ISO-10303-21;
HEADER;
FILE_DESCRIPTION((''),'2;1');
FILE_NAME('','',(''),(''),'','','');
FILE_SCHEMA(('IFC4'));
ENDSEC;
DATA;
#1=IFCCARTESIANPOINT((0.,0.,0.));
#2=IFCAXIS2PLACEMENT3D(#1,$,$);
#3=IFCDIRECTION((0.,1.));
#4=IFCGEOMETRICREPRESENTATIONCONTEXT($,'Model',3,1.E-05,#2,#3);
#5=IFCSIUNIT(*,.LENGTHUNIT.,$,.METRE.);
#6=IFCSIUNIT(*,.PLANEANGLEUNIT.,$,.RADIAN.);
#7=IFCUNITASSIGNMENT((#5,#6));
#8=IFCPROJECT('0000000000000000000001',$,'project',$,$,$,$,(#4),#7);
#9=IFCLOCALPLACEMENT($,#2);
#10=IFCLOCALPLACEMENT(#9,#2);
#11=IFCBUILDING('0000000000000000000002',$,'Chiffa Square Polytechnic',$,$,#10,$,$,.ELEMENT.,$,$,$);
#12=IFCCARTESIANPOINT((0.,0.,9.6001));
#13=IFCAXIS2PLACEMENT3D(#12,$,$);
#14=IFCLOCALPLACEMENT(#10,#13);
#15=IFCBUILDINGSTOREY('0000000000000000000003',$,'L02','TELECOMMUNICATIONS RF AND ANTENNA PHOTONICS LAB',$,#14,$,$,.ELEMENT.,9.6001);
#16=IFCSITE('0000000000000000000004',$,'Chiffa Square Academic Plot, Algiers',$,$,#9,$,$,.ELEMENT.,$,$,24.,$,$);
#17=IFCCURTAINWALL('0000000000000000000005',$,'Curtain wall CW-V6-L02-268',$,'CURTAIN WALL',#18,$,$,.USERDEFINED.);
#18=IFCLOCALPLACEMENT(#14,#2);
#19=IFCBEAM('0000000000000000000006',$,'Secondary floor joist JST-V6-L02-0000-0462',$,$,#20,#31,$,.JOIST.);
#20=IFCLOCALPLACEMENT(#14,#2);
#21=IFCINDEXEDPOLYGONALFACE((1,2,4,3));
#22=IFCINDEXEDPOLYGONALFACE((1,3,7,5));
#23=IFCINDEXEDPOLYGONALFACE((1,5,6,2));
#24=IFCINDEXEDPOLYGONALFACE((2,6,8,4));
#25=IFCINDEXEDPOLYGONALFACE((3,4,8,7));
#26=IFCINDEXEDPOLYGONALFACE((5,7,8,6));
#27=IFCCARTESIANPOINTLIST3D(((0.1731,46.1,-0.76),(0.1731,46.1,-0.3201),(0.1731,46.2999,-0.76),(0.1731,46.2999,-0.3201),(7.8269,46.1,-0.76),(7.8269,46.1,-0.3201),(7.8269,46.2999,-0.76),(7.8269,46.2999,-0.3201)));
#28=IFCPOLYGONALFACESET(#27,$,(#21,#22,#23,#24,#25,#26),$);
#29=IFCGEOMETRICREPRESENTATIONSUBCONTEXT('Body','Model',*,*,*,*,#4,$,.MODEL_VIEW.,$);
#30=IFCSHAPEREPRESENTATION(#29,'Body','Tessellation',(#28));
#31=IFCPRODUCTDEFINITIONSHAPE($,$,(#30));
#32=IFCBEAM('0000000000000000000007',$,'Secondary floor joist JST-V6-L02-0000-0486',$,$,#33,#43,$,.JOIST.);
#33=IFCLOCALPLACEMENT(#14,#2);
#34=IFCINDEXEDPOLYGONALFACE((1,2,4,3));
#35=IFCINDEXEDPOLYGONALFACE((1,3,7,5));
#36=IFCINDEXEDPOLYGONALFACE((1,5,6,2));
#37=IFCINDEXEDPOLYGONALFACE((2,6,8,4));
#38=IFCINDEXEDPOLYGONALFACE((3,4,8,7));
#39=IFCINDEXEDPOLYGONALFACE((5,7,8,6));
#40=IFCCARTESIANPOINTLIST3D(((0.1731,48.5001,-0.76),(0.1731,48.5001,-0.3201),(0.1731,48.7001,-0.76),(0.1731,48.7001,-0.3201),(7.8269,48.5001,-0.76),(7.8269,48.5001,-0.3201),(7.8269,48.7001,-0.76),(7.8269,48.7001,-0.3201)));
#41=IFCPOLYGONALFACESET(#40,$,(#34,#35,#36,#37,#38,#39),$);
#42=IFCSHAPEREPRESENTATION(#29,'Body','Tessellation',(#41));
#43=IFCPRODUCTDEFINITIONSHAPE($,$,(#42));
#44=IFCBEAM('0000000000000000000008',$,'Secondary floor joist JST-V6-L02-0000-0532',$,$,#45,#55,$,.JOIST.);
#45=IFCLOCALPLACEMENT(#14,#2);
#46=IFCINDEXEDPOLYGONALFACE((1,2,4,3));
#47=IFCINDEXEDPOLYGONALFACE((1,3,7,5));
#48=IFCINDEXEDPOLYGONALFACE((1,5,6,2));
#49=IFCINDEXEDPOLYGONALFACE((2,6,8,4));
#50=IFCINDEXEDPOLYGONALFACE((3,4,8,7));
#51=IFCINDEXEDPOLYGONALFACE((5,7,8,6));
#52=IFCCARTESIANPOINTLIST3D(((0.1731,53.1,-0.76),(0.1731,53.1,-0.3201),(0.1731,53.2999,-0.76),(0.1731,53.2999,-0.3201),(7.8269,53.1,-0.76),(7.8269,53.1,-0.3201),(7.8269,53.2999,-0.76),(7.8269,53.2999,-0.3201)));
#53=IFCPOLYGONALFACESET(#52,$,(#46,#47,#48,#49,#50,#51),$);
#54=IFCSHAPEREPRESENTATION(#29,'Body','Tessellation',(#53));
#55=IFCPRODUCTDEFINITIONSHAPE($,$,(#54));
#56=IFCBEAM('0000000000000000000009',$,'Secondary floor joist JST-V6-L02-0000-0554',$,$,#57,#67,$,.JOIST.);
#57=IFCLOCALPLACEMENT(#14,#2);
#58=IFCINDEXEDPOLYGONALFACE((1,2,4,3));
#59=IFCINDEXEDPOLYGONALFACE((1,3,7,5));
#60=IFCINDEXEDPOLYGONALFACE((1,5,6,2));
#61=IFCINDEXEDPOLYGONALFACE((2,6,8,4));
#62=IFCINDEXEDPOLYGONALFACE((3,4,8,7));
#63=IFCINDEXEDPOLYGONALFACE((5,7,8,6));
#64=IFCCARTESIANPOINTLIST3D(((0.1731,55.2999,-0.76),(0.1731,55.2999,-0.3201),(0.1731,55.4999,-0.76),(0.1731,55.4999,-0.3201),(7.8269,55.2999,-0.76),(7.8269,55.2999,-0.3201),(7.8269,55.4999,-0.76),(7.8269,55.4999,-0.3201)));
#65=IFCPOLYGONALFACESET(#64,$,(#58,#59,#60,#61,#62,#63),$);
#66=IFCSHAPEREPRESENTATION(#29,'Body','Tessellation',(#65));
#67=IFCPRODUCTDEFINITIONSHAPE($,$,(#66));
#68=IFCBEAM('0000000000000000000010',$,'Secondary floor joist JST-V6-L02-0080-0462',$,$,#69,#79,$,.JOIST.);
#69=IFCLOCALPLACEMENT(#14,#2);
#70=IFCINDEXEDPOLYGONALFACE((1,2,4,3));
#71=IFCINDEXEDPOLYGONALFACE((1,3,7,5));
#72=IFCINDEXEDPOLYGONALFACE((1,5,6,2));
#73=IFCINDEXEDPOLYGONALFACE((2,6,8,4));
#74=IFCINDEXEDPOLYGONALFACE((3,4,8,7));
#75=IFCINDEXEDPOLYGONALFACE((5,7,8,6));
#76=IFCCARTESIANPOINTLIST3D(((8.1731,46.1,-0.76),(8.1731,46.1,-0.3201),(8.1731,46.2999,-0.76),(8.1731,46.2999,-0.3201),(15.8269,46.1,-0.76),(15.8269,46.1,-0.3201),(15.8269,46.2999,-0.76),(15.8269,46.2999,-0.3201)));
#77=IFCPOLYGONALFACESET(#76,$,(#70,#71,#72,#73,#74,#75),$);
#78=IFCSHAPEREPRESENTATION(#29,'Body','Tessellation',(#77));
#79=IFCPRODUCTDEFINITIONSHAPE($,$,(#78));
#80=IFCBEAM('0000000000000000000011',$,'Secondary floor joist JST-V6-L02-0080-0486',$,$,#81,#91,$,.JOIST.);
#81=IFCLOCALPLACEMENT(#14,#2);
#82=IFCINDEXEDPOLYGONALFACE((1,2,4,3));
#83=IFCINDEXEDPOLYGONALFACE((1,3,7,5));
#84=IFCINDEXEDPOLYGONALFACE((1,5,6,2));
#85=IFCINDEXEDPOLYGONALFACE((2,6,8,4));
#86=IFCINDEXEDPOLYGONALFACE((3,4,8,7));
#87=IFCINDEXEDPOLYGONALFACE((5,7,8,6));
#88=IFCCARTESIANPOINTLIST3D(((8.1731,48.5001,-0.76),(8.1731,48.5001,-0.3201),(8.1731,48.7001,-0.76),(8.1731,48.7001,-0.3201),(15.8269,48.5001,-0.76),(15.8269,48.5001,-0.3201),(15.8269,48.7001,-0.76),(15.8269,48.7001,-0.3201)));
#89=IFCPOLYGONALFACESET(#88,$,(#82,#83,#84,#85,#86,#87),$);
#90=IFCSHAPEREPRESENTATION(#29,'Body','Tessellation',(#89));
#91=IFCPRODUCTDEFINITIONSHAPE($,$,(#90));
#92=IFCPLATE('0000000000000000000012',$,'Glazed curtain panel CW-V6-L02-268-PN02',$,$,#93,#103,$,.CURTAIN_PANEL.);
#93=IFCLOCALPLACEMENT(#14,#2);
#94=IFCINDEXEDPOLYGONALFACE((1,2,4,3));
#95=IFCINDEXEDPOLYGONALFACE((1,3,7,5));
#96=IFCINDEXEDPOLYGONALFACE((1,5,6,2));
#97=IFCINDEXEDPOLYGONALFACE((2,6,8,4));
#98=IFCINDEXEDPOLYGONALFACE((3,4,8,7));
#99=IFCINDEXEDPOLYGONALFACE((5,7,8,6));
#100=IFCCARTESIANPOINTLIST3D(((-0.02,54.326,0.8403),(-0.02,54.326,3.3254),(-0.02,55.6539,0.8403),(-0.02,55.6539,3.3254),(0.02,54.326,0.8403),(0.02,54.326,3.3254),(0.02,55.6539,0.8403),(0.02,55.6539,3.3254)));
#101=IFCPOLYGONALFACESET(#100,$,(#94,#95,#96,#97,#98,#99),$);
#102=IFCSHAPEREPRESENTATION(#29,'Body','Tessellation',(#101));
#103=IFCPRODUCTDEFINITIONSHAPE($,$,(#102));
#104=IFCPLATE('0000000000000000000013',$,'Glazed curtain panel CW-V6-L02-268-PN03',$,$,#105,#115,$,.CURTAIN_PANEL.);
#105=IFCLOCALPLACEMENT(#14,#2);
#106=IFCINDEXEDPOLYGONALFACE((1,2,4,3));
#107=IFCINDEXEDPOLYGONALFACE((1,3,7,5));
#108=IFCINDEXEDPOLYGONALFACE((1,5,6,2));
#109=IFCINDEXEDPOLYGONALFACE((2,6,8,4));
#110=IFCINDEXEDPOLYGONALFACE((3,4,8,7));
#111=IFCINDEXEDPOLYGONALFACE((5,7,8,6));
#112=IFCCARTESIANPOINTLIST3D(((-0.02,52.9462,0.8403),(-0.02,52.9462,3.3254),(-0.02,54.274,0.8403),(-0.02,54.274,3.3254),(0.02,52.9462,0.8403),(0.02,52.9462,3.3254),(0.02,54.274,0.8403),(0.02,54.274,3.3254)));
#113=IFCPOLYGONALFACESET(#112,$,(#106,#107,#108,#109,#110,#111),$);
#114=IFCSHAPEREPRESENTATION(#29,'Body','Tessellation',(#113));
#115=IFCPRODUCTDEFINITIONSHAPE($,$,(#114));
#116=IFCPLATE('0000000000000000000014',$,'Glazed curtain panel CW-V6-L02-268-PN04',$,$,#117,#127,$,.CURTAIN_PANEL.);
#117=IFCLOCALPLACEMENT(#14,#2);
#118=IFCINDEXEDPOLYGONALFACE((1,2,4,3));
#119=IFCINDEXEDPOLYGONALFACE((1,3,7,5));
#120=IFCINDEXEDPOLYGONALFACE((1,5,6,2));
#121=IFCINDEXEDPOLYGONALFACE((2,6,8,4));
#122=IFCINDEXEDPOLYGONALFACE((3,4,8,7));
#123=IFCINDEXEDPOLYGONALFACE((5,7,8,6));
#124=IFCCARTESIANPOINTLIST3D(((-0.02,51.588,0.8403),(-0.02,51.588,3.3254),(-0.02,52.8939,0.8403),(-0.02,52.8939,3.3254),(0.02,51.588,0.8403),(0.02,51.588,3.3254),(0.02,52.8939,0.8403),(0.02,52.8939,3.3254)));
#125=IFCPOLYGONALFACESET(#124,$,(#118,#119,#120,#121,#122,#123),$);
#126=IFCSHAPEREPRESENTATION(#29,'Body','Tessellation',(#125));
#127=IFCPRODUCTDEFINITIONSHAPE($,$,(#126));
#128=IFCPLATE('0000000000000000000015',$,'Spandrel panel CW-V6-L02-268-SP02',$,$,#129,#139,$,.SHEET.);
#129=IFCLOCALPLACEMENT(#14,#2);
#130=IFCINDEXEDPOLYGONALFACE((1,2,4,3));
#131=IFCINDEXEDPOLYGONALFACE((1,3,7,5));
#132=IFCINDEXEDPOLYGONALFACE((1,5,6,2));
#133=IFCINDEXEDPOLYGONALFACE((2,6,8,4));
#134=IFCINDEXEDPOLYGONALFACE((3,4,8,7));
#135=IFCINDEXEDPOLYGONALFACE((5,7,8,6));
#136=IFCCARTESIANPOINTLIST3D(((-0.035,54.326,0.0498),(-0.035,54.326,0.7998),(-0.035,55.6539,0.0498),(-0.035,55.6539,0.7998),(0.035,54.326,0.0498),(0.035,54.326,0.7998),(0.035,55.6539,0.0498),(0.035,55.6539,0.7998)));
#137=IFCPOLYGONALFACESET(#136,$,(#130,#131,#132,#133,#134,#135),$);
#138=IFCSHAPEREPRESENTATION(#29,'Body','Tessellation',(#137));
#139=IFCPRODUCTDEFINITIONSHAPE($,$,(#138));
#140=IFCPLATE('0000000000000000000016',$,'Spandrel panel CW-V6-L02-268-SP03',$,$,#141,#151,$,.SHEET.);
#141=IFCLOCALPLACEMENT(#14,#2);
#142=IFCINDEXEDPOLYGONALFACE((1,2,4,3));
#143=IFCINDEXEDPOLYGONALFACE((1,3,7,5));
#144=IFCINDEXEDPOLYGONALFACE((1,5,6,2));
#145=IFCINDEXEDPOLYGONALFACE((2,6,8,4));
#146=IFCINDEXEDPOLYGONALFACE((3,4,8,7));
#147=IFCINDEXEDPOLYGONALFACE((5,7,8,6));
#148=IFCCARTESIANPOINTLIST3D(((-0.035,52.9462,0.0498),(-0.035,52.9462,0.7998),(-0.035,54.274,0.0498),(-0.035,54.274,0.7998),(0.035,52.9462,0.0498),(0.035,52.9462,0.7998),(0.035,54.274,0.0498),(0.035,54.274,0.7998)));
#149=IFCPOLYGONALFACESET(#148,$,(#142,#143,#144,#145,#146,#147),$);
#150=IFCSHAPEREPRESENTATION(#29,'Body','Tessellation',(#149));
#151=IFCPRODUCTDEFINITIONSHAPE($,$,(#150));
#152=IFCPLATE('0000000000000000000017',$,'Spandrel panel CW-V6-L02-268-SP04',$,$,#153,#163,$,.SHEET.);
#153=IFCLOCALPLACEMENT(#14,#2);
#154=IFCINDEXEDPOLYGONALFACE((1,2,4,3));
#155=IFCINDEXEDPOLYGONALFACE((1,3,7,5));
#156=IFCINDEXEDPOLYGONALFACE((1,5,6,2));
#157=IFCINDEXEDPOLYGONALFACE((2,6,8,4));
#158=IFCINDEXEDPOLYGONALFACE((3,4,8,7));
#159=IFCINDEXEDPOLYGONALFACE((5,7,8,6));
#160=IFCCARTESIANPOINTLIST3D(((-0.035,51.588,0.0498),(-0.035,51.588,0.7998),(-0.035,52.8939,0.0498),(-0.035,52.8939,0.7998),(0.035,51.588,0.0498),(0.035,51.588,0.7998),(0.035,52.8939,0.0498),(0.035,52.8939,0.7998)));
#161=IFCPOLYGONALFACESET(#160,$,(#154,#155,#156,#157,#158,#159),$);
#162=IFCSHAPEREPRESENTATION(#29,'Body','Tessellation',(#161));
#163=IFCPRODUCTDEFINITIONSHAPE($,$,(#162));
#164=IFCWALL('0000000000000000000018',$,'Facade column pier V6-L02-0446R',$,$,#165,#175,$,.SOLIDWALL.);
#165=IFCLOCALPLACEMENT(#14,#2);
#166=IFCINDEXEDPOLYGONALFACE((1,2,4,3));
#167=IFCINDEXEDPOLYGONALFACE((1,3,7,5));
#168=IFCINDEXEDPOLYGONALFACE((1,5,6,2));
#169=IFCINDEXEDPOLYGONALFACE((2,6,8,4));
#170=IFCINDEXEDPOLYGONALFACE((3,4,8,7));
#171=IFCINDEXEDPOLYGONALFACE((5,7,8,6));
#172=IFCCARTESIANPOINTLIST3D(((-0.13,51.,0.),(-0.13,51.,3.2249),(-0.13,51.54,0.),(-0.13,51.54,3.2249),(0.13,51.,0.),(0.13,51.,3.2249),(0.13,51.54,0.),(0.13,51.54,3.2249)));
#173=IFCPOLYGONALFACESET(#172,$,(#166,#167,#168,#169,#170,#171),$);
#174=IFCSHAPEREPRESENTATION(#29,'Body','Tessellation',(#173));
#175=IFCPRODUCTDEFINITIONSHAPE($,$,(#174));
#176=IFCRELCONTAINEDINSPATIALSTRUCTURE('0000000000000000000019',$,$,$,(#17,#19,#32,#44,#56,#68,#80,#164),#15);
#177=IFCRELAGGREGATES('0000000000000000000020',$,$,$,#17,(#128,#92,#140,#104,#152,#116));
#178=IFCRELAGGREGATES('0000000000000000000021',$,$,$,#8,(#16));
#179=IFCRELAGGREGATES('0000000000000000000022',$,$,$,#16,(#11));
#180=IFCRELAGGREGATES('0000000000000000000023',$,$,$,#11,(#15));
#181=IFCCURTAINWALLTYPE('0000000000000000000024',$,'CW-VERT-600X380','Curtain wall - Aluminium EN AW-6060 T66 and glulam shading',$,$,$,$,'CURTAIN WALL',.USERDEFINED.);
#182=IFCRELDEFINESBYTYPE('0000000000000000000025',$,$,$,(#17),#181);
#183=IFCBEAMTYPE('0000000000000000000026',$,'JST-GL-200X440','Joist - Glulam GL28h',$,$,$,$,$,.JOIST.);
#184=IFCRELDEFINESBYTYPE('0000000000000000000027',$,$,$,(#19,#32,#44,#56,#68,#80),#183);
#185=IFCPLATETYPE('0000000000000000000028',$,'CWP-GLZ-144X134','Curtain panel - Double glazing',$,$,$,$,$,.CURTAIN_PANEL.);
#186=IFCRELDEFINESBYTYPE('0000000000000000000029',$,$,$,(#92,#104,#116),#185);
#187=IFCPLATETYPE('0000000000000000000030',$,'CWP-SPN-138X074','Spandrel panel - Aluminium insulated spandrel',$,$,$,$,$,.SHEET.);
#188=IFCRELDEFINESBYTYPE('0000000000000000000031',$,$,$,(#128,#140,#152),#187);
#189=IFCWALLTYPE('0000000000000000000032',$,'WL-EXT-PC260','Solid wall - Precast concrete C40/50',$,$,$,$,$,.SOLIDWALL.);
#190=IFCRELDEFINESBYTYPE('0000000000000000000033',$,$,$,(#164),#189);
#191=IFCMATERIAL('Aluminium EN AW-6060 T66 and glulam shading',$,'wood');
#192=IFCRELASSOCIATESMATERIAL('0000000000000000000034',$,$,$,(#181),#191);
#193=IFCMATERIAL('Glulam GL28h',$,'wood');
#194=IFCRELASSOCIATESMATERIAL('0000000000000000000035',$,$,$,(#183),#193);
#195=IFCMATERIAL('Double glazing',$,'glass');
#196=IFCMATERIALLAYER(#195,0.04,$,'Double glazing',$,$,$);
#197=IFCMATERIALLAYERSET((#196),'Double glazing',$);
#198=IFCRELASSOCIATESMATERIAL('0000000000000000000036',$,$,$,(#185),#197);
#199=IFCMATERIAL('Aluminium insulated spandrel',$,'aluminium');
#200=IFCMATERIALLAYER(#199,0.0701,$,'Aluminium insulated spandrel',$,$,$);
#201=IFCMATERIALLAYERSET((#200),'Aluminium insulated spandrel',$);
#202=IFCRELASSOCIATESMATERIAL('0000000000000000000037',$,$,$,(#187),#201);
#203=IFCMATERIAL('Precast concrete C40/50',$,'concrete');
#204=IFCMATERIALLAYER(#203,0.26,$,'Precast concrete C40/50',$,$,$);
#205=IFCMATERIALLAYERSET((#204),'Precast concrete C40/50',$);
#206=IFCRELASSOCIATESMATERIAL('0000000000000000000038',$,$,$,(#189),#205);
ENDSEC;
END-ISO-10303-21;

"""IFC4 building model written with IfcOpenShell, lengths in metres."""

from ifc_helpers import new_model, si_unit, direction, frame, frame_2d, origin, origin_2d, place, context, subcontext, project, spatial, rectangle, extrude, material, layer, layer_set, material_profile, profile_set, type_object, element, aggregate, save


model = new_model("IFC4")

# Units and contexts
model_context = context("Model", 3, precision=1e-05, world=origin(), true_north=direction((0.0, 1.0)))
body_context = subcontext(model_context, "Body", "Model", "MODEL_VIEW")
ifc_project = project(units=[si_unit("LENGTHUNIT", "METRE"), si_unit("PLANEANGLEUNIT", "RADIAN")], contexts=[model_context])

# Site, building, storey
site_placement = place(None, origin())
site = spatial("IfcSite", under=ifc_project, at=site_placement, Name="Chiffa Square Academic Plot, Algiers", CompositionType="ELEMENT", RefElevation=24.0)
building_placement = place(site_placement, origin())
building = spatial("IfcBuilding", under=site, at=building_placement, Name="Chiffa Square Polytechnic", CompositionType="ELEMENT")
storey_placement = place(building_placement, frame((0.0, 0.0, 9.6001)))
storey = spatial("IfcBuildingStorey", under=building, at=storey_placement, Name="L02", Description="TELECOMMUNICATIONS RF AND ANTENNA PHOTONICS LAB", CompositionType="ELEMENT", Elevation=9.6001)

# Curtain wall
ifc_material_1 = material(Name="Aluminium EN AW-6060 T66 and glulam shading", Category="wood")
curtain_wall_type = type_object("IfcCurtainWallType", Name="CW-VERT-600X380", Description="Curtain wall - Aluminium EN AW-6060 T66 and glulam shading", ElementType="CURTAIN WALL", PredefinedType="USERDEFINED", material=ifc_material_1)
curtain_wall_placement = place(storey_placement, origin())
curtain_wall = element("IfcCurtainWall", 1, at=curtain_wall_placement, inside=storey, type_object=curtain_wall_type, Name="Curtain wall CW-V6-L02-268", ObjectType="CURTAIN WALL", PredefinedType="USERDEFINED")
ifc_material_2 = material(Name="Glulam GL28h", Category="wood")

# Beams
ifc_material_profile_1 = material_profile(ifc_material_2, rectangle(XDim=0.2, YDim=0.4399, at=origin_2d()), Name="GL28h 200x440")
ifc_profile_set_1 = profile_set([ifc_material_profile_1], Name="Glulam GL28h")
beam_type_1 = type_object("IfcBeamType", Name="JST-GL-200X440", Description="Joist - Glulam GL28h", PredefinedType="JOIST", material=ifc_profile_set_1)
for number, where, z_axis, x_axis, name in (
    (2, (0.1731, 46.2, -0.54), (1.0, 0.0, 0.0), (0.0, 1.0, 0.0), "Secondary floor joist JST-V6-L02-0000-0462"),
    (3, (0.1731, 48.6001, -0.54), (1.0, 0.0, 0.0), (0.0, 1.0, 0.0), "Secondary floor joist JST-V6-L02-0000-0486"),
    (4, (0.1731, 53.2, -0.54), (1.0, 0.0, 0.0), (0.0, 1.0, 0.0), "Secondary floor joist JST-V6-L02-0000-0532"),
    (5, (0.1731, 55.3999, -0.54), (1.0, 0.0, 0.0), (0.0, 1.0, 0.0), "Secondary floor joist JST-V6-L02-0000-0554"),
    (6, (8.1731, 46.2, -0.54), (1.0, 0.0, 0.0), (0.0, 1.0, 0.0), "Secondary floor joist JST-V6-L02-0080-0462"),
    (7, (8.1731, 48.6001, -0.54), (1.0, 0.0, 0.0), (0.0, 1.0, 0.0), "Secondary floor joist JST-V6-L02-0080-0486"),
):
    element("IfcBeam", number, at=place(storey_placement, frame(where, z_axis=z_axis, x_axis=x_axis)), inside=storey, type_object=beam_type_1, Name=name, PredefinedType="JOIST", context=body_context, shape_type="SweptSolid", body=[
        extrude(rectangle(XDim=0.2, YDim=0.4399, at=origin_2d()), origin(), (0.0, 0.0, 1.0), 7.6538),
    ])

# Plates
ifc_material_3 = material(Name="Double glazing", Category="glass")
ifc_layer_1 = layer(ifc_material_3, 0.04, Name="Double glazing")
ifc_layer_set_1 = layer_set([ifc_layer_1], Name="Double glazing")
plate_type_1 = type_object("IfcPlateType", Name="CWP-GLZ-144X134", Description="Curtain panel - Double glazing", PredefinedType="CURTAIN_PANEL", material=ifc_layer_set_1)
plate_1_placement = place(storey_placement, frame((0.0, 54.99, 0.8403), z_axis=(0.0, 0.0, 1.0), x_axis=(0.0, -1.0, 0.0)))
plate_1 = element("IfcPlate", 8, at=plate_1_placement, type_object=plate_type_1, Name="Glazed curtain panel CW-V6-L02-268-PN02", PredefinedType="CURTAIN_PANEL", context=body_context, shape_type="SweptSolid", body=[
    extrude(rectangle(XDim=1.3279, YDim=0.04, at=origin_2d()), origin(), (0.0, 0.0, 1.0), 2.4851),
])
plate_2_placement = place(storey_placement, frame((0.0, 53.6101, 0.8403), z_axis=(0.0, 0.0, 1.0), x_axis=(0.0, -1.0, 0.0)))
plate_2 = element("IfcPlate", 9, at=plate_2_placement, type_object=plate_type_1, Name="Glazed curtain panel CW-V6-L02-268-PN03", PredefinedType="CURTAIN_PANEL", context=body_context, shape_type="SweptSolid", body=[
    extrude(rectangle(XDim=1.3279, YDim=0.04, at=origin_2d()), origin(), (0.0, 0.0, 1.0), 2.4851),
])
plate_3_placement = place(storey_placement, frame((0.0, 52.241, 0.8403), z_axis=(0.0, 0.0, 1.0), x_axis=(0.0, -1.0, 0.0)))
plate_3 = element("IfcPlate", 10, at=plate_3_placement, type_object=plate_type_1, Name="Glazed curtain panel CW-V6-L02-268-PN04", PredefinedType="CURTAIN_PANEL", context=body_context, shape_type="SweptSolid", body=[
    extrude(rectangle(XDim=1.3059, YDim=0.04, at=origin_2d()), origin(), (0.0, 0.0, 1.0), 2.4851),
])
ifc_material_4 = material(Name="Aluminium insulated spandrel", Category="aluminium")
ifc_layer_2 = layer(ifc_material_4, 0.0701, Name="Aluminium insulated spandrel")
ifc_layer_set_2 = layer_set([ifc_layer_2], Name="Aluminium insulated spandrel")
plate_type_2 = type_object("IfcPlateType", Name="CWP-SPN-138X074", Description="Spandrel panel - Aluminium insulated spandrel", PredefinedType="SHEET", material=ifc_layer_set_2)
plate_4_placement = place(storey_placement, frame((0.0, 54.99, 0.0498), z_axis=(0.0, 0.0, 1.0), x_axis=(0.0, -1.0, 0.0)))
plate_4 = element("IfcPlate", 11, at=plate_4_placement, type_object=plate_type_2, Name="Spandrel panel CW-V6-L02-268-SP02", PredefinedType="SHEET", context=body_context, shape_type="SweptSolid", body=[
    extrude(rectangle(XDim=1.3279, YDim=0.0701, at=origin_2d()), origin(), (0.0, 0.0, 1.0), 0.75),
])
plate_5_placement = place(storey_placement, frame((0.0, 53.6101, 0.0498), z_axis=(0.0, 0.0, 1.0), x_axis=(0.0, -1.0, 0.0)))
plate_5 = element("IfcPlate", 12, at=plate_5_placement, type_object=plate_type_2, Name="Spandrel panel CW-V6-L02-268-SP03", PredefinedType="SHEET", context=body_context, shape_type="SweptSolid", body=[
    extrude(rectangle(XDim=1.3279, YDim=0.0701, at=origin_2d()), origin(), (0.0, 0.0, 1.0), 0.75),
])
plate_6_placement = place(storey_placement, frame((0.0, 52.241, 0.0498), z_axis=(0.0, 0.0, 1.0), x_axis=(0.0, -1.0, 0.0)))
plate_6 = element("IfcPlate", 13, at=plate_6_placement, type_object=plate_type_2, Name="Spandrel panel CW-V6-L02-268-SP04", PredefinedType="SHEET", context=body_context, shape_type="SweptSolid", body=[
    extrude(rectangle(XDim=1.3059, YDim=0.0701, at=origin_2d()), origin(), (0.0, 0.0, 1.0), 0.75),
])
aggregate(curtain_wall, [plate_4, plate_1, plate_5, plate_2, plate_6, plate_3])

# Wall
ifc_material_5 = material(Name="Precast concrete C40/50", Category="concrete")
ifc_layer_3 = layer(ifc_material_5, 0.26, Name="Precast concrete C40/50")
ifc_layer_set_3 = layer_set([ifc_layer_3], Name="Precast concrete C40/50")
wall_type_1 = type_object("IfcWallType", Name="WL-EXT-PC260", Description="Solid wall - Precast concrete C40/50", PredefinedType="SOLIDWALL", material=ifc_layer_set_3)
wall_1_placement = place(storey_placement, frame((0.0, 51.54, 0.0), z_axis=(0.0, 0.0, 1.0), x_axis=(0.0, -1.0, 0.0)))
element("IfcWall", 14, at=wall_1_placement, inside=storey, type_object=wall_type_1, Name="Facade column pier V6-L02-0446R", PredefinedType="SOLIDWALL", context=body_context, shape_type="SweptSolid", body=[
    extrude(rectangle(XDim=0.54, YDim=0.26, at=frame_2d((0.27, 0.0))), origin(), (0.0, 0.0, 1.0), 3.2249),
])

save(model, "model.ifc")
